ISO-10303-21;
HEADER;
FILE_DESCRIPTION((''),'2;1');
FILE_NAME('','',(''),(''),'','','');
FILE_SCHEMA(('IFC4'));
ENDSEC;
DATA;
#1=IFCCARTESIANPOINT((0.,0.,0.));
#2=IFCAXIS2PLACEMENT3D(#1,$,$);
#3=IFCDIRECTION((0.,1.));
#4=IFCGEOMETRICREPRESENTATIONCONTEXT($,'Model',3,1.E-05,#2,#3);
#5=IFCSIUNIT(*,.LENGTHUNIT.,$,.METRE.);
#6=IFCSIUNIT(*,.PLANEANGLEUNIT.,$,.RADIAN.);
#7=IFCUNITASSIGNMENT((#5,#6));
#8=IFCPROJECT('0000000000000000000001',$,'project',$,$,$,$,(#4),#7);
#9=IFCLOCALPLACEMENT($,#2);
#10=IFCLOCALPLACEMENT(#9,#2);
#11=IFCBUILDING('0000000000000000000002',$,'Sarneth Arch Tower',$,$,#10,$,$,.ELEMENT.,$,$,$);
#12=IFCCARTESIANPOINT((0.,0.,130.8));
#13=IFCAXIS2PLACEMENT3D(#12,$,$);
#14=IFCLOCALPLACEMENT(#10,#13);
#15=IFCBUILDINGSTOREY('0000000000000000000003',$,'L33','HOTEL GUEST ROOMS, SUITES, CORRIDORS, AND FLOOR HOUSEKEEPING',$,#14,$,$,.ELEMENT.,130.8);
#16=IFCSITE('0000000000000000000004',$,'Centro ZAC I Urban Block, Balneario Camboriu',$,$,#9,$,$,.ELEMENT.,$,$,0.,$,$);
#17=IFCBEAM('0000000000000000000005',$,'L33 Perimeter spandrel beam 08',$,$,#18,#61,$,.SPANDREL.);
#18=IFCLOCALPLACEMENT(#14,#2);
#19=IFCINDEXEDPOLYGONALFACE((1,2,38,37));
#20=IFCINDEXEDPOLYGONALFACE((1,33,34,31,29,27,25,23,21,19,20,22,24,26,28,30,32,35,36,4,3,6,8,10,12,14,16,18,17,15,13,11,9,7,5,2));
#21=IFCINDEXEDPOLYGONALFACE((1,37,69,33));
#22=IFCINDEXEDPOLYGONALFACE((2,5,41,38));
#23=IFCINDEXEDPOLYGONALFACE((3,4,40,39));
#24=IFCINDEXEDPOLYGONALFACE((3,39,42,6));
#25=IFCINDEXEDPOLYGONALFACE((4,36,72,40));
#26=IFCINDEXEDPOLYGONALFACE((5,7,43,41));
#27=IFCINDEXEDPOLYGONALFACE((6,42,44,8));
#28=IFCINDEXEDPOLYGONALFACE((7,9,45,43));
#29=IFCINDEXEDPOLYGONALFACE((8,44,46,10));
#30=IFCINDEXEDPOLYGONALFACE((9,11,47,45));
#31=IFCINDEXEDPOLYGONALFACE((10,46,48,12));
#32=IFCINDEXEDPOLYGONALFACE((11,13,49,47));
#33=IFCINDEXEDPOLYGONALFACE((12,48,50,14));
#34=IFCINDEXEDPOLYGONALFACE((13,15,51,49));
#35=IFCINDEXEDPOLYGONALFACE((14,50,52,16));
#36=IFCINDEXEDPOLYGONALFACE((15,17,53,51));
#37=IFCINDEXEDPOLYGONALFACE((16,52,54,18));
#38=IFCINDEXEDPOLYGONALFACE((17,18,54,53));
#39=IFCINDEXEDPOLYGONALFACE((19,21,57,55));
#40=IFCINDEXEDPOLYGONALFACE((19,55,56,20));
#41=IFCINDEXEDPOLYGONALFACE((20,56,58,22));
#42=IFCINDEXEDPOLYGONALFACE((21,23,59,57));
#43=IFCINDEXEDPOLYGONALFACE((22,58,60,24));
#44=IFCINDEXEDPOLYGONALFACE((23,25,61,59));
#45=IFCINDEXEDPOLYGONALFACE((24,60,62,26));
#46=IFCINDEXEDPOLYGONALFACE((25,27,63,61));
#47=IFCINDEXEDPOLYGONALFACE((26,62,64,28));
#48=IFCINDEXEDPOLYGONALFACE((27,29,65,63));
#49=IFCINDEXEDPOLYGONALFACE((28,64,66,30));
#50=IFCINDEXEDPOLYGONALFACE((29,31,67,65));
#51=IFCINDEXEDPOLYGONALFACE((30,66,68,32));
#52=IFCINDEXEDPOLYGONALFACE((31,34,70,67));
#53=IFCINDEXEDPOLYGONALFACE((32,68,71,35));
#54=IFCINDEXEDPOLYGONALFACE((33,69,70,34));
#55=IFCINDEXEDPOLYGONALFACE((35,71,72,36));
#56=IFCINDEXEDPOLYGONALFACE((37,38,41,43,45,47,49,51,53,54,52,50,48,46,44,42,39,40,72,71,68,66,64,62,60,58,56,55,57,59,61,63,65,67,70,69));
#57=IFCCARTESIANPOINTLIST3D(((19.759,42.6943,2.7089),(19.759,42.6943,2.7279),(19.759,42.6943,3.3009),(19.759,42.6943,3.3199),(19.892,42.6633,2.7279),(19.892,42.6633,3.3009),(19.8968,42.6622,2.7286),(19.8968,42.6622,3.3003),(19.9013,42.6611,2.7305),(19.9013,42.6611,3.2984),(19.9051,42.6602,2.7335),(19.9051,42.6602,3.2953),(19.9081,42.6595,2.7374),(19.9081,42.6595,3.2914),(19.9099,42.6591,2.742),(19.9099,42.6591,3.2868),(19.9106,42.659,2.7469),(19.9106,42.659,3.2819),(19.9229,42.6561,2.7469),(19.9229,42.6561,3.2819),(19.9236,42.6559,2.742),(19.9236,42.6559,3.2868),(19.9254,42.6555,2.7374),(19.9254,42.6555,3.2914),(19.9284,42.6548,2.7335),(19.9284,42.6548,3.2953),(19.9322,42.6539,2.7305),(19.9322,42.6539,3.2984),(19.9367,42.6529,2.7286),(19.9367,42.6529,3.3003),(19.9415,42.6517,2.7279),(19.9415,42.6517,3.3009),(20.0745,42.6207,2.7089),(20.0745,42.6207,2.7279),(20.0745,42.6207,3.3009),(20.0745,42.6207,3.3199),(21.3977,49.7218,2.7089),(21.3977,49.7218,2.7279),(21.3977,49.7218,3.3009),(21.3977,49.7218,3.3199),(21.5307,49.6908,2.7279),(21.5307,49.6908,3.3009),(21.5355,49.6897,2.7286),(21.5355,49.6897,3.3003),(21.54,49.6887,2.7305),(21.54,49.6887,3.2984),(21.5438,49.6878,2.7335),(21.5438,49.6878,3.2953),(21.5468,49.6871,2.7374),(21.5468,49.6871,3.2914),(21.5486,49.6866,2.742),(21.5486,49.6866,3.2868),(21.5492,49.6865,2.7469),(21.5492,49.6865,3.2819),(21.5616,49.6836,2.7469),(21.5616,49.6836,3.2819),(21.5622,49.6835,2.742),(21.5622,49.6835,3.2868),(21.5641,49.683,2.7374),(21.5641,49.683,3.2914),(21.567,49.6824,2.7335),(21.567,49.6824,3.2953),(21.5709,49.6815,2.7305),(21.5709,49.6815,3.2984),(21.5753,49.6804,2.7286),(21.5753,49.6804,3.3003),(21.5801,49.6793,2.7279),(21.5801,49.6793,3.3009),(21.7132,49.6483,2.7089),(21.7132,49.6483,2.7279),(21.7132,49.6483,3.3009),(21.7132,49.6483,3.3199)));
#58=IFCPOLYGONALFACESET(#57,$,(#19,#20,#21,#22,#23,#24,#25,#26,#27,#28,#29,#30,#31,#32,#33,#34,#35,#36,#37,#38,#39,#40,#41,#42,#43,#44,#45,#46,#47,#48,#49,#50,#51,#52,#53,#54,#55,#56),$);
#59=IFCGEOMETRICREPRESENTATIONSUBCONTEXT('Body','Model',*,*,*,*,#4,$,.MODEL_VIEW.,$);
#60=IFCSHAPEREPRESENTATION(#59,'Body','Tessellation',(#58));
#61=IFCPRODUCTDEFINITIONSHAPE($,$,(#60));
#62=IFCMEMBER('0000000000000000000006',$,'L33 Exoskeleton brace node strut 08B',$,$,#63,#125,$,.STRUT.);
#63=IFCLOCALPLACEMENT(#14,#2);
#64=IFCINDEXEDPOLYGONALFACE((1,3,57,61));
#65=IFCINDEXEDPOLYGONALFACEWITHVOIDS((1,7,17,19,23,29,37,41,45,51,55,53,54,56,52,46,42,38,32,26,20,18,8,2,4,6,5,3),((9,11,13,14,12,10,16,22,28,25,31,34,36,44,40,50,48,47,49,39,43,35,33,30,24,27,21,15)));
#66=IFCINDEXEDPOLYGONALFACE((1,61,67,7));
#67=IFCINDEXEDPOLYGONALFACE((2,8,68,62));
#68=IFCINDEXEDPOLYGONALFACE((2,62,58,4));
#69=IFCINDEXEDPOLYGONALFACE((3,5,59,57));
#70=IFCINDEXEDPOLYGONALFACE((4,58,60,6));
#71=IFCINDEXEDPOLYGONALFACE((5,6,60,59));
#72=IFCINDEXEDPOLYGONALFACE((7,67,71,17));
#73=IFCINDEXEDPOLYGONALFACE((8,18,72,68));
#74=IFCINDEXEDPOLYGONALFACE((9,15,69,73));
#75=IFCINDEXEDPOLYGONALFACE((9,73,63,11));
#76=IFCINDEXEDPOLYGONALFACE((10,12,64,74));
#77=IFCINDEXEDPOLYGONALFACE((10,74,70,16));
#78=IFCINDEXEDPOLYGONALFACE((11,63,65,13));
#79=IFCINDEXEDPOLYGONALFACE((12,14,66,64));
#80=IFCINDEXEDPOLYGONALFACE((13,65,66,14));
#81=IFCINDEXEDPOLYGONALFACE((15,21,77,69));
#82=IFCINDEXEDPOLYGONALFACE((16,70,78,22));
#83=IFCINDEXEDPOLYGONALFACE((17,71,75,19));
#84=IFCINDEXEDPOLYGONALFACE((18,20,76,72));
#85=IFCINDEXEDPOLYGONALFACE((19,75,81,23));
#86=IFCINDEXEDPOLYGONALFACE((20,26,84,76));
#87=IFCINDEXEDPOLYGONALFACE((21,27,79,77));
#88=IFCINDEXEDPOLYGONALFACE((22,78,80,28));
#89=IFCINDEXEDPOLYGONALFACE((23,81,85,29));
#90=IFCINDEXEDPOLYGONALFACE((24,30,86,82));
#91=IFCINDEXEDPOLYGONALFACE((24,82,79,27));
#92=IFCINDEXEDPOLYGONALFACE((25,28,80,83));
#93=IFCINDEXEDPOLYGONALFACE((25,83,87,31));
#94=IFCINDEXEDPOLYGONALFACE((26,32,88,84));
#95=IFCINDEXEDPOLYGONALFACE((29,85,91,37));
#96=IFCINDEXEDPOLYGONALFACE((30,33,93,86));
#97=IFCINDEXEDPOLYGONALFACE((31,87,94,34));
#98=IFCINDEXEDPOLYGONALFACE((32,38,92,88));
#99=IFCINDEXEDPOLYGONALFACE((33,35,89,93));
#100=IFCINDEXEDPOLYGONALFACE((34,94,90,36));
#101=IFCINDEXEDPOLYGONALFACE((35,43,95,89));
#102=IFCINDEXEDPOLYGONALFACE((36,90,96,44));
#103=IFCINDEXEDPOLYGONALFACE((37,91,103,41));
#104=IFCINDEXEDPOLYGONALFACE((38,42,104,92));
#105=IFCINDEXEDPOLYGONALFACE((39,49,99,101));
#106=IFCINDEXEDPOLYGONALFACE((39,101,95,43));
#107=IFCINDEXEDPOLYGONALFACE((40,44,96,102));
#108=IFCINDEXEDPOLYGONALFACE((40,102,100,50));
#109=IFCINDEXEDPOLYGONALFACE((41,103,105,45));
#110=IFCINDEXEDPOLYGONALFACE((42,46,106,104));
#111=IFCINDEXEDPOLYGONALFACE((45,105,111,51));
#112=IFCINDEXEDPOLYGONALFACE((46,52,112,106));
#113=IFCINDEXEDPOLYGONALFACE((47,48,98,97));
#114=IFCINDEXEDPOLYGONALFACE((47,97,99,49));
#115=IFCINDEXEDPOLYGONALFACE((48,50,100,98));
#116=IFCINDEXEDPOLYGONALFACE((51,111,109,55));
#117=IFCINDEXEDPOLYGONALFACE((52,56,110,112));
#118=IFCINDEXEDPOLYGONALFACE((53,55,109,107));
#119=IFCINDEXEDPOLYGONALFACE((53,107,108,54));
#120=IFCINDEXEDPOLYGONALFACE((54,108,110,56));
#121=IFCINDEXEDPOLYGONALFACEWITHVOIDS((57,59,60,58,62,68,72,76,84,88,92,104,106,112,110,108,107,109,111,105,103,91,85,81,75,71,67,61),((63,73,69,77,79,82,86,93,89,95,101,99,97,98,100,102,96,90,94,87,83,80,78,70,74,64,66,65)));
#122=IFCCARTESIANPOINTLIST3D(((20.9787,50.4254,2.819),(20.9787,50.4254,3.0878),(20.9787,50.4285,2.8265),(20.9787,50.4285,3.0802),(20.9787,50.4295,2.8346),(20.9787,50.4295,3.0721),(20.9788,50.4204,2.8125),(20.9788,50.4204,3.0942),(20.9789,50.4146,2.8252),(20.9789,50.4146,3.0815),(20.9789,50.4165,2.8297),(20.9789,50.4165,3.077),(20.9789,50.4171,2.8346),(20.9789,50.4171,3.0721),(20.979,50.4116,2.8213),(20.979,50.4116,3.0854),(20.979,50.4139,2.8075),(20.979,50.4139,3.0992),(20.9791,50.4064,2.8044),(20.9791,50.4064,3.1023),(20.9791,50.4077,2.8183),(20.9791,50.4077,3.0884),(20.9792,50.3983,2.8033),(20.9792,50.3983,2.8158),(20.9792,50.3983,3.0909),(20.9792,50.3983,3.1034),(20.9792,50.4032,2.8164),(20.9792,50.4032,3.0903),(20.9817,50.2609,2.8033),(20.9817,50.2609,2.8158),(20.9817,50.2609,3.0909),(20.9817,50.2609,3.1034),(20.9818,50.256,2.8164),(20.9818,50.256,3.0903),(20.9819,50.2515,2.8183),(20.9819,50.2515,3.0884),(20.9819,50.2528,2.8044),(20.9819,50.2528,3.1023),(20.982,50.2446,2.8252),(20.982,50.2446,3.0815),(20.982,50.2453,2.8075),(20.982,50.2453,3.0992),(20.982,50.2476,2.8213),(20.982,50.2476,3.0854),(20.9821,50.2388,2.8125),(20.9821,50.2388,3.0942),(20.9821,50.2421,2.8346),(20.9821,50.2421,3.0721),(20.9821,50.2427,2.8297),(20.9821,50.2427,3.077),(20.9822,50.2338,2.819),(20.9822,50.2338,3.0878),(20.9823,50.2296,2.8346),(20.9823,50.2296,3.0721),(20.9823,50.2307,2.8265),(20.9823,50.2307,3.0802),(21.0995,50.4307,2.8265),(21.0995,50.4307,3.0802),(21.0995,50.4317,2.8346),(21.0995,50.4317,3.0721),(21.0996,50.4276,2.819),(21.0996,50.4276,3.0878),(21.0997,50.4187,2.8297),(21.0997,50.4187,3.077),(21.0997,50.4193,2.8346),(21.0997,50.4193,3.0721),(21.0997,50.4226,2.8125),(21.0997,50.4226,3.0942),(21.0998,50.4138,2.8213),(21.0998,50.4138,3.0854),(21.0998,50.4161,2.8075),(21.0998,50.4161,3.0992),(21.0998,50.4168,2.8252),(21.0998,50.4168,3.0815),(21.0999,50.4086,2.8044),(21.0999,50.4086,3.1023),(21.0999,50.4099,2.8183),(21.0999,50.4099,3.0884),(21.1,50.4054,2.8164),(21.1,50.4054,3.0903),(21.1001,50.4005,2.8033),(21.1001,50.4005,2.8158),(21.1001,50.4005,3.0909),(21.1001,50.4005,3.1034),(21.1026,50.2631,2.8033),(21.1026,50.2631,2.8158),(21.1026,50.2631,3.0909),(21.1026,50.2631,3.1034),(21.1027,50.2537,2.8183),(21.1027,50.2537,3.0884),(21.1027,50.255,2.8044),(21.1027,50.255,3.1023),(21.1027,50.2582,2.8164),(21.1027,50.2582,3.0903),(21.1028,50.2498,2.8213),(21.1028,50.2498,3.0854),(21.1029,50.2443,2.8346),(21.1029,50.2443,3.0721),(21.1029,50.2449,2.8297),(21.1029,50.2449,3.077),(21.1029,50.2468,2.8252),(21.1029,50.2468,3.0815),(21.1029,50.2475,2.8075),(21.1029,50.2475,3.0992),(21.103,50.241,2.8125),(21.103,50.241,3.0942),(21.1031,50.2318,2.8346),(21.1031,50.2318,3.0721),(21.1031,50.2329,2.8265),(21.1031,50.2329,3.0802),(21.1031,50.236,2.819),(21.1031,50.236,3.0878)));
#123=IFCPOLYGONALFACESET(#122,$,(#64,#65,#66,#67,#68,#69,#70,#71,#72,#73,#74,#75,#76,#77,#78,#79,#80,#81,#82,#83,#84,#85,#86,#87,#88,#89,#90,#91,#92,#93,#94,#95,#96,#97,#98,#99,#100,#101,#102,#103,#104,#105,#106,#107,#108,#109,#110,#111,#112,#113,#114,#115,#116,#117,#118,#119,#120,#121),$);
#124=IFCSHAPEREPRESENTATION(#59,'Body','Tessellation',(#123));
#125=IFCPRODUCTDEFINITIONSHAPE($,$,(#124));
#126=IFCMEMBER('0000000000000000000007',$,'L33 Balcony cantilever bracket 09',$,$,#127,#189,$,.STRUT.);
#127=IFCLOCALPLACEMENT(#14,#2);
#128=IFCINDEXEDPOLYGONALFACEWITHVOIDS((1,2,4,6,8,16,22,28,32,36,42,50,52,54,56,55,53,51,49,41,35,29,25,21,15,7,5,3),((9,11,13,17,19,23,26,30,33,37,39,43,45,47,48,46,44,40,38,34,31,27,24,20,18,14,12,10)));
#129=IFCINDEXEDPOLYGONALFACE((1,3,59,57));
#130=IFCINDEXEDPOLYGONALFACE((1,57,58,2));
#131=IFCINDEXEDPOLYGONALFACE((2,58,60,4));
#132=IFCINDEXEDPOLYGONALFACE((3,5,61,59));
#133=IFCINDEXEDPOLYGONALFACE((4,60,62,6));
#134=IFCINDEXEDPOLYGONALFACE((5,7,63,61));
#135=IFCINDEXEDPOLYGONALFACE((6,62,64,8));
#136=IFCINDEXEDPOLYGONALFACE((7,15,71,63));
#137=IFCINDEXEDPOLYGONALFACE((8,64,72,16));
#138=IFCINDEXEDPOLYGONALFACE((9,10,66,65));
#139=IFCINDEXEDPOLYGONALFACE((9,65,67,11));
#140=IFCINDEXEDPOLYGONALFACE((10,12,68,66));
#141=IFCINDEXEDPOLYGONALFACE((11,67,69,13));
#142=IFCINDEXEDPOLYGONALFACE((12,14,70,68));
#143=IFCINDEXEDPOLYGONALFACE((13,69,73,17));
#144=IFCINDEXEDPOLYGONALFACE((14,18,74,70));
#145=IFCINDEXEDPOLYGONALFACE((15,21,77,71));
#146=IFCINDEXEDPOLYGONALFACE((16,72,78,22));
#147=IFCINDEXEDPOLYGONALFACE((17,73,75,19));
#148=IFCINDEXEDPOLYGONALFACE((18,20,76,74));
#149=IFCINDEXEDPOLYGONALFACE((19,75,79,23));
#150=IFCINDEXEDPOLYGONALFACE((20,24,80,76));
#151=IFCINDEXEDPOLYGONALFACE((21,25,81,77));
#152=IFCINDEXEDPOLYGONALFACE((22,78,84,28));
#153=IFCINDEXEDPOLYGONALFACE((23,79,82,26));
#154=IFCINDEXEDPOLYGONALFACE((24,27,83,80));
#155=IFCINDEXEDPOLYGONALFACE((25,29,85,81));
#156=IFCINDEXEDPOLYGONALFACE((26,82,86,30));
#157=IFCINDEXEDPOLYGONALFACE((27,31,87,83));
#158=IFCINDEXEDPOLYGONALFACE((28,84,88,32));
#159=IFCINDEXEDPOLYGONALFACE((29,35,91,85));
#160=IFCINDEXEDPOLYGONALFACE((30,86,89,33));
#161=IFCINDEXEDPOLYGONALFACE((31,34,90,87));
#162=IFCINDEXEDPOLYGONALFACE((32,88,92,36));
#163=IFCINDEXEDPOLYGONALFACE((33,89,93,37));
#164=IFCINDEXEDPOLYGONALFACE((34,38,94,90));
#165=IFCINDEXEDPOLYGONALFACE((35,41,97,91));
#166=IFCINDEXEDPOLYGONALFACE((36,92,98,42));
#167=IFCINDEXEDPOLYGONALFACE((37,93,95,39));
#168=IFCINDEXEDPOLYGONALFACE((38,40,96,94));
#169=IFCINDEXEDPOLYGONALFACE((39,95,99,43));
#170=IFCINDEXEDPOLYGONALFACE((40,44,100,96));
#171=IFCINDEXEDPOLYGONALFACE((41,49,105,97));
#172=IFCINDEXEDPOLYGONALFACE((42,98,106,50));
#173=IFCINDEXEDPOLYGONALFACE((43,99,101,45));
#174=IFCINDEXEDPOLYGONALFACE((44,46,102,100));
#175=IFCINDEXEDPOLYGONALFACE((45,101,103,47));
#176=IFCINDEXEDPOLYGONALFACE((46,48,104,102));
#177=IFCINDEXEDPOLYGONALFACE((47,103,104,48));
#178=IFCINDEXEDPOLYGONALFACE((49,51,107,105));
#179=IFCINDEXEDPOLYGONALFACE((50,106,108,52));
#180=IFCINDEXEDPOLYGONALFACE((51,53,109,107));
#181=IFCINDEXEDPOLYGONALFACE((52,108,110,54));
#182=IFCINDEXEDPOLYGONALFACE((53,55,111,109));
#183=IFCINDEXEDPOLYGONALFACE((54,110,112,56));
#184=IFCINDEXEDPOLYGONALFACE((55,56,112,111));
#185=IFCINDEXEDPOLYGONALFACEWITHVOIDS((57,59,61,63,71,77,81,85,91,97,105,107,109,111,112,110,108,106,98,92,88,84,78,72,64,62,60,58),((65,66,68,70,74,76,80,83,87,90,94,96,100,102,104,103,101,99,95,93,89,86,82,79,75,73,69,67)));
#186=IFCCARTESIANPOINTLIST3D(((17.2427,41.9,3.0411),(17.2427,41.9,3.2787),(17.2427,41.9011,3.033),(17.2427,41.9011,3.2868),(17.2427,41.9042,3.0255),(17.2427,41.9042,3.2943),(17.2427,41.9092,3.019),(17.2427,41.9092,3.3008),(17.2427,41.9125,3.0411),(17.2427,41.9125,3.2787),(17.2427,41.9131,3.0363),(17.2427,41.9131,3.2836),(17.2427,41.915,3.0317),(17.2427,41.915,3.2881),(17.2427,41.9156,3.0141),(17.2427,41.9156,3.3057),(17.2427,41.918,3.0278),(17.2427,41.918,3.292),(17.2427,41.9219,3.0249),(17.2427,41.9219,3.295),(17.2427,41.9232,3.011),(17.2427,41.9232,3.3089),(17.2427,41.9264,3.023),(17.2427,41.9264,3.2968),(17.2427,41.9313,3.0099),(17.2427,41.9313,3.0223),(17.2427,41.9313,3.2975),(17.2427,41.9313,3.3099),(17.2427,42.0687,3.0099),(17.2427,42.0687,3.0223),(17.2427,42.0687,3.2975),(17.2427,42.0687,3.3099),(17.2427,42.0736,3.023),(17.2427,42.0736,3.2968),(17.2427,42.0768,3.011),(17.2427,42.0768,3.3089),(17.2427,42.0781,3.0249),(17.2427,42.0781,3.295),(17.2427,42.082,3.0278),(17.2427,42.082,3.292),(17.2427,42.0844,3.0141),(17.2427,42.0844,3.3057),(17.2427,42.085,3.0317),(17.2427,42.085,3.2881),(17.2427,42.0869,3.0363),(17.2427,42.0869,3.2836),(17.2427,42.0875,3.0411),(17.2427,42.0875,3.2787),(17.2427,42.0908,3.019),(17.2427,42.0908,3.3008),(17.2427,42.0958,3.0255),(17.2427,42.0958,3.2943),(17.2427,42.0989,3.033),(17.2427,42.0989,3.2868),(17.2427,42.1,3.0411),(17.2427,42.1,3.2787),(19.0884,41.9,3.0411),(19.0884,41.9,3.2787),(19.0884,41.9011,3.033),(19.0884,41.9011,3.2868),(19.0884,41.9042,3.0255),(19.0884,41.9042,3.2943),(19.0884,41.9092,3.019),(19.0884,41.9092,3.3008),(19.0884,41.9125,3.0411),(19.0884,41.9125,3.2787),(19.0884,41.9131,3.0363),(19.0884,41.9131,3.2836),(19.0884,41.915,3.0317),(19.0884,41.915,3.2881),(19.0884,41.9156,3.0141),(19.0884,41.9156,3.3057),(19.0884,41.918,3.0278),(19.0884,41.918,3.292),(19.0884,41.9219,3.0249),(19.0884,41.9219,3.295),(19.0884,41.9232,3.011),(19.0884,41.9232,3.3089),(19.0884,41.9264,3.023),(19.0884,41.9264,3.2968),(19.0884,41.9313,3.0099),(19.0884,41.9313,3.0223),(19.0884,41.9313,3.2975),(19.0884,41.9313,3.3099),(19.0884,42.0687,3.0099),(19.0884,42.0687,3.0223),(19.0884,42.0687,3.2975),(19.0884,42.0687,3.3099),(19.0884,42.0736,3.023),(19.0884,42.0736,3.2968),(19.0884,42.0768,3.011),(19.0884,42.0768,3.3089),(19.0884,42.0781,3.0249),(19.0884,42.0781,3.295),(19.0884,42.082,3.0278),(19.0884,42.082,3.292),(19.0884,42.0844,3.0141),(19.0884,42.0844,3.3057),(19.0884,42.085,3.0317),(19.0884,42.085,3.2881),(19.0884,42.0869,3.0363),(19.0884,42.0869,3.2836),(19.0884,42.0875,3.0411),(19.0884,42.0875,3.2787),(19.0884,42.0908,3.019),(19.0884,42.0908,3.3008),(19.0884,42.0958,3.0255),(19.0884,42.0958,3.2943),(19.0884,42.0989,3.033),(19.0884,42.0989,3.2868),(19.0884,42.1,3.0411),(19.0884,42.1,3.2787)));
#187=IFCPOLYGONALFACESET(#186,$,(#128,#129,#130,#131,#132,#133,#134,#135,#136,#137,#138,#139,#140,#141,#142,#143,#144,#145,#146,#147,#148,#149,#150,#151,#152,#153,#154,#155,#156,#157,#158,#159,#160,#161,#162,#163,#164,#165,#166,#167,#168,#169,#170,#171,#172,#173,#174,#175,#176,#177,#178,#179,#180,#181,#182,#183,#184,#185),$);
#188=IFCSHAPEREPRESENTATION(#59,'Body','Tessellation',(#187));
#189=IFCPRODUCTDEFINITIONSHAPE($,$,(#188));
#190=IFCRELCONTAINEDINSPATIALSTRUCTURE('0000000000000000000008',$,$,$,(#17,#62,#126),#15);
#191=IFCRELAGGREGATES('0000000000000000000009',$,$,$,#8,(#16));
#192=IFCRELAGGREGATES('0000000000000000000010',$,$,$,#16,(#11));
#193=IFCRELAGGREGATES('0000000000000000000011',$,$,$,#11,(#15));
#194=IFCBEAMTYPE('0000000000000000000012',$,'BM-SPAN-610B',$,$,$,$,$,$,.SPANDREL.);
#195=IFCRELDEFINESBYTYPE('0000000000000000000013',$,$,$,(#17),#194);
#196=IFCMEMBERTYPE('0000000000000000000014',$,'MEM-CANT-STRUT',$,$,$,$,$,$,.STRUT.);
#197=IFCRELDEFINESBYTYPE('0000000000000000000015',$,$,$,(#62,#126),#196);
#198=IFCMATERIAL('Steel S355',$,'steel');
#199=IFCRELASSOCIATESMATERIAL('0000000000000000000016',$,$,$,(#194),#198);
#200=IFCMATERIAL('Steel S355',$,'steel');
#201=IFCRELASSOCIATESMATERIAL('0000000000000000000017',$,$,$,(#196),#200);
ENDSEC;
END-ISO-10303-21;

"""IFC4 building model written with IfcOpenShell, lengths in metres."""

from ifc_helpers import new_model, si_unit, direction, frame, origin, origin_2d, place, context, subcontext, project, spatial, hollow_rectangle, i_section, extrude, material, material_profile, profile_set, type_object, element, save


model = new_model("IFC4")

# Units and contexts
model_context = context("Model", 3, precision=1e-05, world=origin(), true_north=direction((0.0, 1.0)))
body_context = subcontext(model_context, "Body", "Model", "MODEL_VIEW")
ifc_project = project(units=[si_unit("LENGTHUNIT", "METRE"), si_unit("PLANEANGLEUNIT", "RADIAN")], contexts=[model_context])

# Site, building, storey
site_placement = place(None, origin())
site = spatial("IfcSite", under=ifc_project, at=site_placement, Name="Centro ZAC I Urban Block, Balneario Camboriu", CompositionType="ELEMENT", RefElevation=0.0)
building_placement = place(site_placement, origin())
building = spatial("IfcBuilding", under=site, at=building_placement, Name="Sarneth Arch Tower", CompositionType="ELEMENT")
storey_placement = place(building_placement, frame((0.0, 0.0, 130.8)))
storey = spatial("IfcBuildingStorey", under=building, at=storey_placement, Name="L33", Description="HOTEL GUEST ROOMS, SUITES, CORRIDORS, AND FLOOR HOUSEKEEPING", CompositionType="ELEMENT", Elevation=130.8)

# Beam
ifc_material_1 = material(Name="Steel S355", Category="steel")
ifc_material_profile_1 = material_profile(ifc_material_1, i_section(OverallWidth=0.324, OverallDepth=0.6111, WebThickness=0.0127, FlangeThickness=0.019, FilletRadius=0.019, at=origin_2d()), Name="W610x155")
ifc_profile_set_1 = profile_set([ifc_material_profile_1], Name="Steel S355")
beam_type_1 = type_object("IfcBeamType", Name="BM-SPAN-610B", PredefinedType="SPANDREL", material=ifc_profile_set_1)
beam_1_placement = place(storey_placement, frame((21.5554, 49.6851, 3.0144), z_axis=(-0.227085, -0.973875, 0.0), x_axis=(0.973875, -0.227085, 0.0)))
element("IfcBeam", 1, at=beam_1_placement, inside=storey, type_object=beam_type_1, Name="L33 Perimeter spandrel beam 08", PredefinedType="SPANDREL", context=body_context, shape_type="SweptSolid", body=[
    extrude(i_section(OverallWidth=0.324, OverallDepth=0.6111, WebThickness=0.0127, FlangeThickness=0.019, FilletRadius=0.019, at=origin_2d()), origin(), (0.0, 0.0, 1.0), 7.2161),
])

# Members
ifc_material_2 = material(Name="Steel S355", Category="steel")
ifc_material_profile_2 = material_profile(ifc_material_2, hollow_rectangle(XDim=0.2, YDim=0.3, WallThickness=0.0125, InnerFilletRadius=0.0188, OuterFilletRadius=0.0312, at=origin_2d()), Name="RHS300x200x12.5")
ifc_profile_set_2 = profile_set([ifc_material_profile_2], Name="Steel S355")
member_type_1 = type_object("IfcMemberType", Name="MEM-CANT-STRUT", PredefinedType="STRUT", material=ifc_profile_set_2)
member_1_placement = place(storey_placement, frame((21.1013, 50.3318, 2.9534), z_axis=(-0.999835, -0.018179, 0.0), x_axis=(0.018179, -0.999835, 0.0)))
element("IfcMember", 2, at=member_1_placement, inside=storey, type_object=member_type_1, Name="L33 Exoskeleton brace node strut 08B", PredefinedType="STRUT", context=body_context, shape_type="SweptSolid", body=[
    extrude(hollow_rectangle(XDim=0.2, YDim=0.3, WallThickness=0.0125, InnerFilletRadius=0.0188, OuterFilletRadius=0.0312, at=origin_2d()), origin(), (0.0, 0.0, 1.0), 0.1208),
])
member_2_placement = place(storey_placement, frame((19.0884, 42.0, 3.1599), z_axis=(-1.0, 0.0, 0.0), x_axis=(0.0, -1.0, 0.0)))
element("IfcMember", 3, at=member_2_placement, inside=storey, type_object=member_type_1, Name="L33 Balcony cantilever bracket 09", PredefinedType="STRUT", context=body_context, shape_type="SweptSolid", body=[
    extrude(hollow_rectangle(XDim=0.2, YDim=0.3, WallThickness=0.0125, InnerFilletRadius=0.0188, OuterFilletRadius=0.0312, at=origin_2d()), origin(), (0.0, 0.0, 1.0), 1.8457),
])

save(model, "model.ifc")
